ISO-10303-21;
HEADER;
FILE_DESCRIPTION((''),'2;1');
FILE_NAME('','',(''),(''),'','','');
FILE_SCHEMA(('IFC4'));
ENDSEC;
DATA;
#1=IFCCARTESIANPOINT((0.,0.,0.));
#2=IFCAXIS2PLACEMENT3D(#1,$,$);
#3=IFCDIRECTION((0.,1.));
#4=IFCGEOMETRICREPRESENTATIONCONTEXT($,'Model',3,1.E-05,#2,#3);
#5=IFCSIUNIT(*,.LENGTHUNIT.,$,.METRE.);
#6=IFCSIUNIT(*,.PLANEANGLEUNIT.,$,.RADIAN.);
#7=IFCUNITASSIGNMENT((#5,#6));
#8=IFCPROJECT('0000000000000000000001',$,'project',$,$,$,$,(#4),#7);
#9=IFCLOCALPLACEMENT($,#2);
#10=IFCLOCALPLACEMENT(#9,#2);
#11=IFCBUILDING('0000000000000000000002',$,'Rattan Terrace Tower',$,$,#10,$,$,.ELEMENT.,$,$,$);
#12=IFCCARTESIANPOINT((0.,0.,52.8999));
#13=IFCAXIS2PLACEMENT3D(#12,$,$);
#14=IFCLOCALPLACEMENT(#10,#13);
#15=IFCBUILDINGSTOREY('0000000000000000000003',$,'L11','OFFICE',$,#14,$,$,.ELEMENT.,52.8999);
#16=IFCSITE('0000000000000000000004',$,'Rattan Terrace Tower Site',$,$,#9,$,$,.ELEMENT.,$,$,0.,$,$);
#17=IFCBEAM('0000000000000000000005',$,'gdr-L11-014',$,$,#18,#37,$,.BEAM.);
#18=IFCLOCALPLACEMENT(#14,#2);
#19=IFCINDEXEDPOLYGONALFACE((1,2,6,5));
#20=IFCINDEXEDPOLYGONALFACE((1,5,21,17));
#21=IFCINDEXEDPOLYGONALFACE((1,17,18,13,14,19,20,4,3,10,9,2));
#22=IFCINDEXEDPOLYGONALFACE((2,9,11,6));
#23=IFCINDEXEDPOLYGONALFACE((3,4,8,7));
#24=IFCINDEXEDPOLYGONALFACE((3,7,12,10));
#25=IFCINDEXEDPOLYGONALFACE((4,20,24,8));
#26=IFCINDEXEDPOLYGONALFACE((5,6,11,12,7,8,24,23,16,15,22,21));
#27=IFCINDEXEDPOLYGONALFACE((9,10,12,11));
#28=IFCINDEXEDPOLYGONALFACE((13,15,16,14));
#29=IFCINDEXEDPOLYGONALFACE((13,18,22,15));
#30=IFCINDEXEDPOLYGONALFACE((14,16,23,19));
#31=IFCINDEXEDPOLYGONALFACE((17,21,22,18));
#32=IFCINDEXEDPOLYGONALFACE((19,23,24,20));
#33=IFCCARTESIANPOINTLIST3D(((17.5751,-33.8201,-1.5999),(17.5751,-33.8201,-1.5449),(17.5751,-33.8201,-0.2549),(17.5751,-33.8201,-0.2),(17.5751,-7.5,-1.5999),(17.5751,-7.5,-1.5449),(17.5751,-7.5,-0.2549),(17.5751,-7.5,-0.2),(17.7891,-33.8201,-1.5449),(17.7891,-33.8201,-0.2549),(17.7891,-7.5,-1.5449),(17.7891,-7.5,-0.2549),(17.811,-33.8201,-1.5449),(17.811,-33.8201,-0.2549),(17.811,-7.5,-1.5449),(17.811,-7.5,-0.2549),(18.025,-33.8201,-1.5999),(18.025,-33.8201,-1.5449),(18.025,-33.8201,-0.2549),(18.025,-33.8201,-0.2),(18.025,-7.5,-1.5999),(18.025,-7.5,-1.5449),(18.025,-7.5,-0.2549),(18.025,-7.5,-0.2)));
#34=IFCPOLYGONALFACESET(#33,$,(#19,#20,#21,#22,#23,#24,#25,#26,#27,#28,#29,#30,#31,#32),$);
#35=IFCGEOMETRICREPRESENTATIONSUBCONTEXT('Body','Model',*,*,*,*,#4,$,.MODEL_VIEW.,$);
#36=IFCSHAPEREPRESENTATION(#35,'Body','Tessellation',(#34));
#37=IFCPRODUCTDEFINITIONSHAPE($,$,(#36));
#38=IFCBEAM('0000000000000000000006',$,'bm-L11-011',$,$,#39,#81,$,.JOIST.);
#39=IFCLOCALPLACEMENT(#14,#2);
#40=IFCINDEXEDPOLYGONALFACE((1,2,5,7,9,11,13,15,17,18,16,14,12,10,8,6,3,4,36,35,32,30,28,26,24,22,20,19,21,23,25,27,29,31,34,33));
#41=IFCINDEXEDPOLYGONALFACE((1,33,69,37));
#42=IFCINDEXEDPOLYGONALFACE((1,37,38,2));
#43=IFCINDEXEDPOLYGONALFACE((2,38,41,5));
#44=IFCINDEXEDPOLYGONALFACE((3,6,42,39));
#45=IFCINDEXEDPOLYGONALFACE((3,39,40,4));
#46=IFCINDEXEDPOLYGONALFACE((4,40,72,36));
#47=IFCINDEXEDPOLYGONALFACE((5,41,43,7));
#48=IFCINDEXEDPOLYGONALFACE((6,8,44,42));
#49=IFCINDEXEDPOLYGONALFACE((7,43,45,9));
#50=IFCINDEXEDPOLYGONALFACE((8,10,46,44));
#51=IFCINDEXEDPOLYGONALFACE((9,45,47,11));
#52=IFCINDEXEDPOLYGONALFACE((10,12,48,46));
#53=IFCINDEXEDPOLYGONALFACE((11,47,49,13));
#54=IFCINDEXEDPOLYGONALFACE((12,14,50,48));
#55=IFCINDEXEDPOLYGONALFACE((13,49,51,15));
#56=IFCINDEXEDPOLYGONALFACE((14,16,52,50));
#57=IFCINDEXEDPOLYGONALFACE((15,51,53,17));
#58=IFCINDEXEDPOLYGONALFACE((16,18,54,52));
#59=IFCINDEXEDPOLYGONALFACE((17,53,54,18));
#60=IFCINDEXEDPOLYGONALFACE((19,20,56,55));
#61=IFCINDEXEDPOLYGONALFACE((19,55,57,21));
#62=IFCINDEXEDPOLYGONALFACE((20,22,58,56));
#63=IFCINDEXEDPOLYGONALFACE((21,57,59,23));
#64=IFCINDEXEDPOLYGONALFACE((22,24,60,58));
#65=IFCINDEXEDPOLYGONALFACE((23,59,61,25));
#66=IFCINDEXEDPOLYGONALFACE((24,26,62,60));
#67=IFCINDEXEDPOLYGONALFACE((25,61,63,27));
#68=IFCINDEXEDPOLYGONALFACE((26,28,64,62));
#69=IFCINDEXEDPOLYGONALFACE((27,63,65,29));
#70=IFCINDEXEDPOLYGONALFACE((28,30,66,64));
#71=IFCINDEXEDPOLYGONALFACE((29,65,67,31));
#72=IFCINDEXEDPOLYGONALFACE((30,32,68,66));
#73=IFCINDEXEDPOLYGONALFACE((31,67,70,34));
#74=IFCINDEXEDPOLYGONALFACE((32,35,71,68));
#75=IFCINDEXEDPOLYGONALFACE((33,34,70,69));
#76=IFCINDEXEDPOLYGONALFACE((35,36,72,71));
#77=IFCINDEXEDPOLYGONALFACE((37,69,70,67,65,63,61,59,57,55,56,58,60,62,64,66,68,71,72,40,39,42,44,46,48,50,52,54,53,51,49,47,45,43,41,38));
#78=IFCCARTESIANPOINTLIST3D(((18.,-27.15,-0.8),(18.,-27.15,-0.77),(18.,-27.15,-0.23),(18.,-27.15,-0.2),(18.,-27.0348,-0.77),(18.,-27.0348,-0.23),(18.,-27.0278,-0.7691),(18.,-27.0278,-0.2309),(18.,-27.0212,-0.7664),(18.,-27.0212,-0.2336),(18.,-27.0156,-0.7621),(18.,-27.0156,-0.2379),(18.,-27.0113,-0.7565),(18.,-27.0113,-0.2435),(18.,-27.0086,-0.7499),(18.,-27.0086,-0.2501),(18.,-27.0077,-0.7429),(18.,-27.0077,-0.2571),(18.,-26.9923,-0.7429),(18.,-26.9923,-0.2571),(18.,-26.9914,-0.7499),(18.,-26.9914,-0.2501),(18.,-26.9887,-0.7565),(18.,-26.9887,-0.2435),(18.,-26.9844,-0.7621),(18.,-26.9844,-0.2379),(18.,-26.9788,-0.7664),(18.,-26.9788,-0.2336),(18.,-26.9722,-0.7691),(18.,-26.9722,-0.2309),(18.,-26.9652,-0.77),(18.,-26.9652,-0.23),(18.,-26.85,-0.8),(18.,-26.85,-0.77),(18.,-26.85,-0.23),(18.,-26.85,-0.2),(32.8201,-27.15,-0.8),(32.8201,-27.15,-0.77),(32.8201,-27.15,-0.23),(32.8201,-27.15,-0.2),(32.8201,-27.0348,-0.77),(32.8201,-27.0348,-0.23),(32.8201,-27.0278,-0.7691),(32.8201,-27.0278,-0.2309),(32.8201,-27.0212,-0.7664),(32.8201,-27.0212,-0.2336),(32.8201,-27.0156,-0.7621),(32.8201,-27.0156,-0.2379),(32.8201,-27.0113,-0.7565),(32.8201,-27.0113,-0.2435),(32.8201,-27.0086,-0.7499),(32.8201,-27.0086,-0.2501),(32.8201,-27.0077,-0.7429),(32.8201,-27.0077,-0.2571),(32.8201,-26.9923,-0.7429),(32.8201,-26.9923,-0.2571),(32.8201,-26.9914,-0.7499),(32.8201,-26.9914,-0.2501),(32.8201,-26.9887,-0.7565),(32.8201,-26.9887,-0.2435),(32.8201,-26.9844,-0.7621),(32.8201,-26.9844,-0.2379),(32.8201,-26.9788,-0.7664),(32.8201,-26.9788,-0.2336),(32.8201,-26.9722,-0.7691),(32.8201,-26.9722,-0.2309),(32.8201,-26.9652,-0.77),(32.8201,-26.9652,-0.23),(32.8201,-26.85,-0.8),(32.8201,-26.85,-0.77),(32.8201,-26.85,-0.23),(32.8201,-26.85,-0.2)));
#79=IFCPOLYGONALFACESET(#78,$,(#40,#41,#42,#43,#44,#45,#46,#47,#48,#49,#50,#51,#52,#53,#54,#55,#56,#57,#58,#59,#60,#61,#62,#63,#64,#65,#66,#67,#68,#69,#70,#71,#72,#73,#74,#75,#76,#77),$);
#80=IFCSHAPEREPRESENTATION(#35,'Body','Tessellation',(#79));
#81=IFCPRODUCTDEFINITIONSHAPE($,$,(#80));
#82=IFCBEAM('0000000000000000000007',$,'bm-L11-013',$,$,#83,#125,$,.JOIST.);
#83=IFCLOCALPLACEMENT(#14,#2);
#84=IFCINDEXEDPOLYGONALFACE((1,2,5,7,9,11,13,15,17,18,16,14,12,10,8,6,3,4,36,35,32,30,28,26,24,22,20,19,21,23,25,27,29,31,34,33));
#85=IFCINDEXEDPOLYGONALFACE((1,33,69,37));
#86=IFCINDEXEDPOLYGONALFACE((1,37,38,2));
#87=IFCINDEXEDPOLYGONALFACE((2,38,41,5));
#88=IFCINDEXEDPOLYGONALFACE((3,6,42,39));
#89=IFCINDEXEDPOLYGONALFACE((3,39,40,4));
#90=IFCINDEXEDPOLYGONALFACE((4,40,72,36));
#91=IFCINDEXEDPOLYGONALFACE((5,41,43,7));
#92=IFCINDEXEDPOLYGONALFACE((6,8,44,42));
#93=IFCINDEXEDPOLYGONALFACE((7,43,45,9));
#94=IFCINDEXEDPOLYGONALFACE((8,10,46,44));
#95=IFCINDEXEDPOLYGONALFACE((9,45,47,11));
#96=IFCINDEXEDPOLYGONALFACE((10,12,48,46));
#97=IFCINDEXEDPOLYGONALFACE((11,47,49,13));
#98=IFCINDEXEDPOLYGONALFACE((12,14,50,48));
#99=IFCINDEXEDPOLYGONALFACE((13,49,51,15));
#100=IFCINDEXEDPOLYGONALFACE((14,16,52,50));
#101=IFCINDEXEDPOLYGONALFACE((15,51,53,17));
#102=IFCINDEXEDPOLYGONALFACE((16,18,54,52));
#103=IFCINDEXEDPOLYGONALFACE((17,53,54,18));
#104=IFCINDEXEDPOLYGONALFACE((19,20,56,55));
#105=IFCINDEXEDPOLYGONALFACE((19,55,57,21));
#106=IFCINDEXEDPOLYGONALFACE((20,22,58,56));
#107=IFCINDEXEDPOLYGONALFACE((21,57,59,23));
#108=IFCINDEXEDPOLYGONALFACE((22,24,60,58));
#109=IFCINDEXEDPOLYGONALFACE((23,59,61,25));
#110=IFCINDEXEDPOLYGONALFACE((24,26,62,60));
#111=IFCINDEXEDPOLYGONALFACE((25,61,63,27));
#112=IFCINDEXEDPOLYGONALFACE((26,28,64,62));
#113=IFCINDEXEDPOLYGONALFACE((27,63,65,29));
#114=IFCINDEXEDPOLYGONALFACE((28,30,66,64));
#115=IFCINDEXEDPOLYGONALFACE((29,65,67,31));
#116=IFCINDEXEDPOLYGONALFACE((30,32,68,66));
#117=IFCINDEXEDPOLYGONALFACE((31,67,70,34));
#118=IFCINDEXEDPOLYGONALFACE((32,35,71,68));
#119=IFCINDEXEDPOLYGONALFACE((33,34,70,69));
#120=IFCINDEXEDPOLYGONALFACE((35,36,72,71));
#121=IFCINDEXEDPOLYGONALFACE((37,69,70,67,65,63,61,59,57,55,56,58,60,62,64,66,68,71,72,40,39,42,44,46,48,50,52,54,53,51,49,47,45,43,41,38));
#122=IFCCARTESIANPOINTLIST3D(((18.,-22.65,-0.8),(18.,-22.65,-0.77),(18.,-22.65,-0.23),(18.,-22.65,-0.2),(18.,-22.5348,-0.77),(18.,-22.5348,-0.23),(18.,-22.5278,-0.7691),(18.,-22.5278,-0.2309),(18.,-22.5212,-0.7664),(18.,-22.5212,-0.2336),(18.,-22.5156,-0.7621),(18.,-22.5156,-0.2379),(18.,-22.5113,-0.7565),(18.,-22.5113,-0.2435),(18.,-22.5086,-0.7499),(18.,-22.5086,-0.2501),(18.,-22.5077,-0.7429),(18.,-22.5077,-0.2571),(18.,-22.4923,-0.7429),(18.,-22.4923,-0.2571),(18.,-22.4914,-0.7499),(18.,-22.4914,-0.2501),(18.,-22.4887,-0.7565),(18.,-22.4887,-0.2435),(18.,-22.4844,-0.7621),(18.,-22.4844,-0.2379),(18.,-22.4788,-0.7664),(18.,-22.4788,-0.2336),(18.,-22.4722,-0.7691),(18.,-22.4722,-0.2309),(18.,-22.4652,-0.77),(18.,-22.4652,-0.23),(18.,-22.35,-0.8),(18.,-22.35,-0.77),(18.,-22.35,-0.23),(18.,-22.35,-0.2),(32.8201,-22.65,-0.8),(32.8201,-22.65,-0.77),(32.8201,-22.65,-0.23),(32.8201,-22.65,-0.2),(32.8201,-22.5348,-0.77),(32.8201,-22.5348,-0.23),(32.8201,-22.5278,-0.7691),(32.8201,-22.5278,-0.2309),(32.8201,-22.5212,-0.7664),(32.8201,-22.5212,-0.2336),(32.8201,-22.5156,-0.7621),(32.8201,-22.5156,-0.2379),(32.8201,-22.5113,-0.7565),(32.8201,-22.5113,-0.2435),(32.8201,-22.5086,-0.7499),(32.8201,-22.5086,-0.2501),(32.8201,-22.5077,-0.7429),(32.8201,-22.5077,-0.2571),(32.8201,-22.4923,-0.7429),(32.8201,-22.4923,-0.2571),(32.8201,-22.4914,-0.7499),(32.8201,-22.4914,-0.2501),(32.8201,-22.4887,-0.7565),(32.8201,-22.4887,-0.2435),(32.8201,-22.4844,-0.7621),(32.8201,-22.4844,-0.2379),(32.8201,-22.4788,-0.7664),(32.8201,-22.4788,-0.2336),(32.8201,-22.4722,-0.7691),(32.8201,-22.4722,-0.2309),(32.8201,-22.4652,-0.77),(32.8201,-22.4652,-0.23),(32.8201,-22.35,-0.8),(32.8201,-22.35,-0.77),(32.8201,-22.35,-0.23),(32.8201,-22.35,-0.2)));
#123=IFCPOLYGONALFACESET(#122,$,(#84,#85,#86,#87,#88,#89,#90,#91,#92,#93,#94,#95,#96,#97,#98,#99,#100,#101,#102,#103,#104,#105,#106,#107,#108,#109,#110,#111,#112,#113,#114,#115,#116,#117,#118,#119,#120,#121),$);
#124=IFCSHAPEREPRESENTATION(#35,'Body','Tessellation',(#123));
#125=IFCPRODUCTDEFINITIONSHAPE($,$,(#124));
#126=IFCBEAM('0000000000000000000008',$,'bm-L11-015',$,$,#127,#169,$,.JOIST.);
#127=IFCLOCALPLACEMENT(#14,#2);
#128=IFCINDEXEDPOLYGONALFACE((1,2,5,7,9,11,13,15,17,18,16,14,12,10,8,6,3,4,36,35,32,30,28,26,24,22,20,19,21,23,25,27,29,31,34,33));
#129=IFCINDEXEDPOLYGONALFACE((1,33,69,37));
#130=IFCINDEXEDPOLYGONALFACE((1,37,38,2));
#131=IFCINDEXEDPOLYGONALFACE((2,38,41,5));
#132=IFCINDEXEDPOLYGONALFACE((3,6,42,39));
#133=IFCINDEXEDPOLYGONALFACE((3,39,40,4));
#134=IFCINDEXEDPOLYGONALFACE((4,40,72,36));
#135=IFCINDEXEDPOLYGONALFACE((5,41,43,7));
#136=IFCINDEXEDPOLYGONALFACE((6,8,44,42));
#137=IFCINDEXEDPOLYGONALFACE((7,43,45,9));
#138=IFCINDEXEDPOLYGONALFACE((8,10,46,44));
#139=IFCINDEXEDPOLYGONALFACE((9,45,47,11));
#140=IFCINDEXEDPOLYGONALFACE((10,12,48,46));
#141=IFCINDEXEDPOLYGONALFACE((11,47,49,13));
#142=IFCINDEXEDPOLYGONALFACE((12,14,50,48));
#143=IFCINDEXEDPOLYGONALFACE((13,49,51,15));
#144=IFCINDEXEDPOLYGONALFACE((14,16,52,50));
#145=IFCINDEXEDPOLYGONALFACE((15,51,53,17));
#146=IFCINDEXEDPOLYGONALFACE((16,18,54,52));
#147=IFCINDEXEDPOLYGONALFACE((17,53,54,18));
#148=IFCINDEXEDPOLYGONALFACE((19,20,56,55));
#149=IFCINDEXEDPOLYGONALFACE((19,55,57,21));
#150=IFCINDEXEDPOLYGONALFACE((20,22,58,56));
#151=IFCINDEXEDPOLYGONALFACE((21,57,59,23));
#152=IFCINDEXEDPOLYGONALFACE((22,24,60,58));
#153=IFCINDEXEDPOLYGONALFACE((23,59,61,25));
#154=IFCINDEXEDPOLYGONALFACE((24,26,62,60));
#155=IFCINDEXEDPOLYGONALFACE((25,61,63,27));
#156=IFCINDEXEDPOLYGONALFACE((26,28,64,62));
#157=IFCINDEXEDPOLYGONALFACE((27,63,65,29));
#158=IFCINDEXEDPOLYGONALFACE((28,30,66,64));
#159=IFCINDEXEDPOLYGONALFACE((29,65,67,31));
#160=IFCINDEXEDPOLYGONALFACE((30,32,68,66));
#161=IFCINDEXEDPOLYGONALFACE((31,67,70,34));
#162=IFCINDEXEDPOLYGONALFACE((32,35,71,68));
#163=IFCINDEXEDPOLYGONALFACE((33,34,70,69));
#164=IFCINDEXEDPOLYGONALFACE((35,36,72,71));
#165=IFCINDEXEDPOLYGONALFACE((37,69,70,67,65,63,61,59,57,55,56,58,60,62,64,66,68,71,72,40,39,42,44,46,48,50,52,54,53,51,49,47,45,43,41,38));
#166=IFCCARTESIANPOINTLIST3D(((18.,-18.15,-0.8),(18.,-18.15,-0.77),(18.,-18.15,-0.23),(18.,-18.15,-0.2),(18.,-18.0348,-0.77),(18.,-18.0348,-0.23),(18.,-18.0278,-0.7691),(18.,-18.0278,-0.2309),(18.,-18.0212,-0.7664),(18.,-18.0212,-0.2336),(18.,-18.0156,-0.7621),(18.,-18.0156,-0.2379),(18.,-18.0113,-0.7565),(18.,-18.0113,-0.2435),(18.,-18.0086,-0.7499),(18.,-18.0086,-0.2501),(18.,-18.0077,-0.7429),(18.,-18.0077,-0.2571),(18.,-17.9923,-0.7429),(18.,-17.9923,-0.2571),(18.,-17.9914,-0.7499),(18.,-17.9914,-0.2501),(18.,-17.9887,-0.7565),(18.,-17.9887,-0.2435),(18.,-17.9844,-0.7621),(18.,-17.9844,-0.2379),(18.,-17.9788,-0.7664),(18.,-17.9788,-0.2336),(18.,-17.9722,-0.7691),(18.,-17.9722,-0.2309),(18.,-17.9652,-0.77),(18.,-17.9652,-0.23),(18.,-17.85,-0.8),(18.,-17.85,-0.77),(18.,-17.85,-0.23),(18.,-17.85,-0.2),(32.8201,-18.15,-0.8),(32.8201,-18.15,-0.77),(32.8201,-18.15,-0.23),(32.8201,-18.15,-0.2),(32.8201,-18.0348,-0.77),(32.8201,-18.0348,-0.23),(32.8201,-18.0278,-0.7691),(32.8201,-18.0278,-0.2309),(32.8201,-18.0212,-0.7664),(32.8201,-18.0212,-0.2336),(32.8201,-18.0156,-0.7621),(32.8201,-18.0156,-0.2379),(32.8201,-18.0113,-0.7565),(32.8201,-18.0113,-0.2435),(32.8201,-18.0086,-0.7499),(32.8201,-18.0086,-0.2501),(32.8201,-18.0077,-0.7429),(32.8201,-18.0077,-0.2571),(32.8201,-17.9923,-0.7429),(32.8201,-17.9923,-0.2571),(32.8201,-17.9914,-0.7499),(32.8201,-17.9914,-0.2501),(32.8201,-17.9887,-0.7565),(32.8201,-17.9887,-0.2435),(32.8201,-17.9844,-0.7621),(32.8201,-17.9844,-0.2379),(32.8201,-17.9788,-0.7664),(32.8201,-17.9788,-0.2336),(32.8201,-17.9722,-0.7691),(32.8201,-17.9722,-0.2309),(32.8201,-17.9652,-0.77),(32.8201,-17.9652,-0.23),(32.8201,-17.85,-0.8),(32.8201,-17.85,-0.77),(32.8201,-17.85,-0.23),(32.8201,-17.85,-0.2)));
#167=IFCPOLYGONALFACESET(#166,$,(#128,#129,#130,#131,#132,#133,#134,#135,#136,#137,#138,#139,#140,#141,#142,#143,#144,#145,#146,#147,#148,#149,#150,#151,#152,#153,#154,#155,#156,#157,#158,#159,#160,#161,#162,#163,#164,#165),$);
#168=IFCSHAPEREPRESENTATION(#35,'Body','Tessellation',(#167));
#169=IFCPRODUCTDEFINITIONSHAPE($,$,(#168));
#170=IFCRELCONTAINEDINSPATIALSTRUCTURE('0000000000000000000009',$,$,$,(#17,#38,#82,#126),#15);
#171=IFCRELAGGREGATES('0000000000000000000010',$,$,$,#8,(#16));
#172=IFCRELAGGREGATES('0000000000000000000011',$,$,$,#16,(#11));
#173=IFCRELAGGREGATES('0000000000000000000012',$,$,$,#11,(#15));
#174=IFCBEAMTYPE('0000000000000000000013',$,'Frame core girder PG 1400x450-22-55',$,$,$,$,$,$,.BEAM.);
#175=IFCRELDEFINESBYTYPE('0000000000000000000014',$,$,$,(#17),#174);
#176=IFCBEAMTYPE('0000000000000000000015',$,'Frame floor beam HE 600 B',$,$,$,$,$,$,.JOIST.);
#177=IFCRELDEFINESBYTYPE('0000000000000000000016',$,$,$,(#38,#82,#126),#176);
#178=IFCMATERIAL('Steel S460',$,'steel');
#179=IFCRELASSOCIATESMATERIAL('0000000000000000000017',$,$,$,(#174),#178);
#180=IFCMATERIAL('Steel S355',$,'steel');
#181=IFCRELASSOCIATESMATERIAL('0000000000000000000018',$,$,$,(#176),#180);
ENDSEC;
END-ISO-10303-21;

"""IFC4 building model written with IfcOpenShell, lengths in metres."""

from ifc_helpers import new_model, si_unit, direction, frame, origin, origin_2d, place, context, subcontext, project, spatial, i_section, extrude, material, material_profile, profile_set, type_object, element, save


model = new_model("IFC4")

# Units and contexts
model_context = context("Model", 3, precision=1e-05, world=origin(), true_north=direction((0.0, 1.0)))
body_context = subcontext(model_context, "Body", "Model", "MODEL_VIEW")
ifc_project = project(units=[si_unit("LENGTHUNIT", "METRE"), si_unit("PLANEANGLEUNIT", "RADIAN")], contexts=[model_context])

# Site, building, storey
site_placement = place(None, origin())
site = spatial("IfcSite", under=ifc_project, at=site_placement, Name="Rattan Terrace Tower Site", CompositionType="ELEMENT", RefElevation=0.0)
building_placement = place(site_placement, origin())
building = spatial("IfcBuilding", under=site, at=building_placement, Name="Rattan Terrace Tower", CompositionType="ELEMENT")
storey_placement = place(building_placement, frame((0.0, 0.0, 52.8999)))
storey = spatial("IfcBuildingStorey", under=building, at=storey_placement, Name="L11", Description="OFFICE", CompositionType="ELEMENT", Elevation=52.8999)

# Beams
ifc_material_1 = material(Name="Steel S460", Category="steel")
ifc_material_profile_1 = material_profile(ifc_material_1, i_section(OverallWidth=0.45, OverallDepth=1.3999, WebThickness=0.022, FlangeThickness=0.0549, at=origin_2d()), Name="PG 1400x450-22-55")
ifc_profile_set_1 = profile_set([ifc_material_profile_1], Name="Steel S460")
beam_type_1 = type_object("IfcBeamType", Name="Frame core girder PG 1400x450-22-55", PredefinedType="BEAM", material=ifc_profile_set_1)
beam_placement = place(storey_placement, frame((17.8, -33.8201, -0.8999), z_axis=(0.0, 1.0, 0.0), x_axis=(-1.0, 0.0, 0.0)))
element("IfcBeam", 1, at=beam_placement, inside=storey, type_object=beam_type_1, Name="gdr-L11-014", PredefinedType="BEAM", context=body_context, shape_type="SweptSolid", body=[
    extrude(i_section(OverallWidth=0.45, OverallDepth=1.3999, WebThickness=0.022, FlangeThickness=0.0549, at=origin_2d()), origin(), (0.0, 0.0, 1.0), 26.3201),
])
ifc_material_2 = material(Name="Steel S355", Category="steel")
ifc_material_profile_2 = material_profile(ifc_material_2, i_section(OverallWidth=0.3, OverallDepth=0.6001, WebThickness=0.0154, FlangeThickness=0.03, FilletRadius=0.0271, at=origin_2d()), Name="HE 600 B")
ifc_profile_set_2 = profile_set([ifc_material_profile_2], Name="Steel S355")
beam_type_2 = type_object("IfcBeamType", Name="Frame floor beam HE 600 B", PredefinedType="JOIST", material=ifc_profile_set_2)
for number, where, z_axis, x_axis, name in (
    (2, (18.0, -27.0, -0.5), (1.0, 0.0, 0.0), (0.0, 1.0, 0.0), "bm-L11-011"),
    (3, (18.0, -22.5, -0.5), (1.0, 0.0, 0.0), (0.0, 1.0, 0.0), "bm-L11-013"),
    (4, (18.0, -18.0, -0.5), (1.0, 0.0, 0.0), (0.0, 1.0, 0.0), "bm-L11-015"),
):
    element("IfcBeam", number, at=place(storey_placement, frame(where, z_axis=z_axis, x_axis=x_axis)), inside=storey, type_object=beam_type_2, Name=name, PredefinedType="JOIST", context=body_context, shape_type="SweptSolid", body=[
        extrude(i_section(OverallWidth=0.3, OverallDepth=0.6001, WebThickness=0.0154, FlangeThickness=0.03, FilletRadius=0.0271, at=origin_2d()), origin(), (0.0, 0.0, 1.0), 14.8201),
    ])

save(model, "model.ifc")
